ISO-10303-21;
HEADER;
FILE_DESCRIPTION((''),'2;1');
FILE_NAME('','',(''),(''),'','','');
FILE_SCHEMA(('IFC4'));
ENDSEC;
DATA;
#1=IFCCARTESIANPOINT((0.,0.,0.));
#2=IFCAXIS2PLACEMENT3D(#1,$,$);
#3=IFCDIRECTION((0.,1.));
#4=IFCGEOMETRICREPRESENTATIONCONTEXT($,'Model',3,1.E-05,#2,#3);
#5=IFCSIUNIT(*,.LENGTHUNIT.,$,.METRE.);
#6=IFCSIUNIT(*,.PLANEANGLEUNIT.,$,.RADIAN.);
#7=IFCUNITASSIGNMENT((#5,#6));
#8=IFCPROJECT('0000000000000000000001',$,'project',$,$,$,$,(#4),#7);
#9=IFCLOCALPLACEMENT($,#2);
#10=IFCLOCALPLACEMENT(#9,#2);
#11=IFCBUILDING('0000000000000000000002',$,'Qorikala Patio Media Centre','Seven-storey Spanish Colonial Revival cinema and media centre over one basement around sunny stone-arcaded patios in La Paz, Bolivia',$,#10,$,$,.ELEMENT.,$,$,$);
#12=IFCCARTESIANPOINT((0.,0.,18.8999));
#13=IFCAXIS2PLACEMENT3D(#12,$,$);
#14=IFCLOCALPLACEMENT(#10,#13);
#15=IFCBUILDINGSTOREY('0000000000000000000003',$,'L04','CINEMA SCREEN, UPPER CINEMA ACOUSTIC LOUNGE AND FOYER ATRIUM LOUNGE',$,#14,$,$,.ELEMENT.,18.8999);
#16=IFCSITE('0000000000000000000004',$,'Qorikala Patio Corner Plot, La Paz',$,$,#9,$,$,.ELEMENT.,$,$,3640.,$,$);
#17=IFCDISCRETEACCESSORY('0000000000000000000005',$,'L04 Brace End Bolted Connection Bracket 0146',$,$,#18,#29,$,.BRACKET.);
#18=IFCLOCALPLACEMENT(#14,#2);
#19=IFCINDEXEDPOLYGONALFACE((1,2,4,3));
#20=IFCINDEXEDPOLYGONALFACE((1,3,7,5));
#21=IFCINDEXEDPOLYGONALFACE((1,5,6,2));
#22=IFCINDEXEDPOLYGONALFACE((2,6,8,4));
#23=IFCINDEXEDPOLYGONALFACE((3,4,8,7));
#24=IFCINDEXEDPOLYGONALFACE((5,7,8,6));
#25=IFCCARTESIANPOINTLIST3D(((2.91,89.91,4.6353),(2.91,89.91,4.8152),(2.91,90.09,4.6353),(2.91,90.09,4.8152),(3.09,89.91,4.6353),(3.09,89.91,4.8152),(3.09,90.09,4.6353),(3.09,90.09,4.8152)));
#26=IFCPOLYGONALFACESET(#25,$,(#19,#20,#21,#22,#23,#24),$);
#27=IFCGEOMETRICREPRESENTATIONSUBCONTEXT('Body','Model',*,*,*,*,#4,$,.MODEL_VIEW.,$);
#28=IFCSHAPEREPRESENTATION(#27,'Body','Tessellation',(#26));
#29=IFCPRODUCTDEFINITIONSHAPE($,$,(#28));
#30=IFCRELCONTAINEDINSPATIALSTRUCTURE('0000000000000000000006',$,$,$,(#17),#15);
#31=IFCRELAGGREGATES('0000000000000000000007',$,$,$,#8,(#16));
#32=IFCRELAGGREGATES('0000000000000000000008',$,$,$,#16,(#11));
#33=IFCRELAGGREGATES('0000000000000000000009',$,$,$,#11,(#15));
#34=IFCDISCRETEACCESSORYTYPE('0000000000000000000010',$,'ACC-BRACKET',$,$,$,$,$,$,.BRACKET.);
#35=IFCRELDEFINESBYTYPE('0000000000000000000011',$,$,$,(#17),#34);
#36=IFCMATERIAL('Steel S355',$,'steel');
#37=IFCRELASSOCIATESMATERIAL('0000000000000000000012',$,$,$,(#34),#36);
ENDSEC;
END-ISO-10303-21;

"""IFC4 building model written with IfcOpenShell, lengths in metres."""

from ifc_helpers import new_model, si_unit, direction, frame, origin, origin_2d, place, context, subcontext, project, spatial, rectangle, extrude, material, type_object, element, save


model = new_model("IFC4")

# Units and contexts
model_context = context("Model", 3, precision=1e-05, world=origin(), true_north=direction((0.0, 1.0)))
body_context = subcontext(model_context, "Body", "Model", "MODEL_VIEW")
ifc_project = project(units=[si_unit("LENGTHUNIT", "METRE"), si_unit("PLANEANGLEUNIT", "RADIAN")], contexts=[model_context])

# Site, building, storey
site_placement = place(None, origin())
site = spatial("IfcSite", under=ifc_project, at=site_placement, Name="Qorikala Patio Corner Plot, La Paz", CompositionType="ELEMENT", RefElevation=3640.0)
building_placement = place(site_placement, origin())
building = spatial("IfcBuilding", under=site, at=building_placement, Name="Qorikala Patio Media Centre", Description="Seven-storey Spanish Colonial Revival cinema and media centre over one basement around sunny stone-arcaded patios in La Paz, Bolivia", CompositionType="ELEMENT")
storey_placement = place(building_placement, frame((0.0, 0.0, 18.8999)))
storey = spatial("IfcBuildingStorey", under=building, at=storey_placement, Name="L04", Description="CINEMA SCREEN, UPPER CINEMA ACOUSTIC LOUNGE AND FOYER ATRIUM LOUNGE", CompositionType="ELEMENT", Elevation=18.8999)

# Shared definitions
ifc_material_1 = material(Name="Steel S355", Category="steel")

# Discrete accessory
discrete_accessory_type = type_object("IfcDiscreteAccessoryType", Name="ACC-BRACKET", PredefinedType="BRACKET", material=ifc_material_1)
for number, where, z_axis, x_axis, name in (
    (1, (3.0, 90.0, 4.6353), (0.0, 0.0, 1.0), (1.0, 0.0, 0.0), "L04 Brace End Bolted Connection Bracket 0146"),
):
    element("IfcDiscreteAccessory", number, at=place(storey_placement, frame(where, z_axis=z_axis, x_axis=x_axis)), inside=storey, type_object=discrete_accessory_type, Name=name, PredefinedType="BRACKET", context=body_context, shape_type="SweptSolid", body=[
        extrude(rectangle(XDim=0.1799, YDim=0.1799, at=origin_2d()), origin(), (0.0, 0.0, 1.0), 0.1799),
    ])

save(model, "model.ifc")
